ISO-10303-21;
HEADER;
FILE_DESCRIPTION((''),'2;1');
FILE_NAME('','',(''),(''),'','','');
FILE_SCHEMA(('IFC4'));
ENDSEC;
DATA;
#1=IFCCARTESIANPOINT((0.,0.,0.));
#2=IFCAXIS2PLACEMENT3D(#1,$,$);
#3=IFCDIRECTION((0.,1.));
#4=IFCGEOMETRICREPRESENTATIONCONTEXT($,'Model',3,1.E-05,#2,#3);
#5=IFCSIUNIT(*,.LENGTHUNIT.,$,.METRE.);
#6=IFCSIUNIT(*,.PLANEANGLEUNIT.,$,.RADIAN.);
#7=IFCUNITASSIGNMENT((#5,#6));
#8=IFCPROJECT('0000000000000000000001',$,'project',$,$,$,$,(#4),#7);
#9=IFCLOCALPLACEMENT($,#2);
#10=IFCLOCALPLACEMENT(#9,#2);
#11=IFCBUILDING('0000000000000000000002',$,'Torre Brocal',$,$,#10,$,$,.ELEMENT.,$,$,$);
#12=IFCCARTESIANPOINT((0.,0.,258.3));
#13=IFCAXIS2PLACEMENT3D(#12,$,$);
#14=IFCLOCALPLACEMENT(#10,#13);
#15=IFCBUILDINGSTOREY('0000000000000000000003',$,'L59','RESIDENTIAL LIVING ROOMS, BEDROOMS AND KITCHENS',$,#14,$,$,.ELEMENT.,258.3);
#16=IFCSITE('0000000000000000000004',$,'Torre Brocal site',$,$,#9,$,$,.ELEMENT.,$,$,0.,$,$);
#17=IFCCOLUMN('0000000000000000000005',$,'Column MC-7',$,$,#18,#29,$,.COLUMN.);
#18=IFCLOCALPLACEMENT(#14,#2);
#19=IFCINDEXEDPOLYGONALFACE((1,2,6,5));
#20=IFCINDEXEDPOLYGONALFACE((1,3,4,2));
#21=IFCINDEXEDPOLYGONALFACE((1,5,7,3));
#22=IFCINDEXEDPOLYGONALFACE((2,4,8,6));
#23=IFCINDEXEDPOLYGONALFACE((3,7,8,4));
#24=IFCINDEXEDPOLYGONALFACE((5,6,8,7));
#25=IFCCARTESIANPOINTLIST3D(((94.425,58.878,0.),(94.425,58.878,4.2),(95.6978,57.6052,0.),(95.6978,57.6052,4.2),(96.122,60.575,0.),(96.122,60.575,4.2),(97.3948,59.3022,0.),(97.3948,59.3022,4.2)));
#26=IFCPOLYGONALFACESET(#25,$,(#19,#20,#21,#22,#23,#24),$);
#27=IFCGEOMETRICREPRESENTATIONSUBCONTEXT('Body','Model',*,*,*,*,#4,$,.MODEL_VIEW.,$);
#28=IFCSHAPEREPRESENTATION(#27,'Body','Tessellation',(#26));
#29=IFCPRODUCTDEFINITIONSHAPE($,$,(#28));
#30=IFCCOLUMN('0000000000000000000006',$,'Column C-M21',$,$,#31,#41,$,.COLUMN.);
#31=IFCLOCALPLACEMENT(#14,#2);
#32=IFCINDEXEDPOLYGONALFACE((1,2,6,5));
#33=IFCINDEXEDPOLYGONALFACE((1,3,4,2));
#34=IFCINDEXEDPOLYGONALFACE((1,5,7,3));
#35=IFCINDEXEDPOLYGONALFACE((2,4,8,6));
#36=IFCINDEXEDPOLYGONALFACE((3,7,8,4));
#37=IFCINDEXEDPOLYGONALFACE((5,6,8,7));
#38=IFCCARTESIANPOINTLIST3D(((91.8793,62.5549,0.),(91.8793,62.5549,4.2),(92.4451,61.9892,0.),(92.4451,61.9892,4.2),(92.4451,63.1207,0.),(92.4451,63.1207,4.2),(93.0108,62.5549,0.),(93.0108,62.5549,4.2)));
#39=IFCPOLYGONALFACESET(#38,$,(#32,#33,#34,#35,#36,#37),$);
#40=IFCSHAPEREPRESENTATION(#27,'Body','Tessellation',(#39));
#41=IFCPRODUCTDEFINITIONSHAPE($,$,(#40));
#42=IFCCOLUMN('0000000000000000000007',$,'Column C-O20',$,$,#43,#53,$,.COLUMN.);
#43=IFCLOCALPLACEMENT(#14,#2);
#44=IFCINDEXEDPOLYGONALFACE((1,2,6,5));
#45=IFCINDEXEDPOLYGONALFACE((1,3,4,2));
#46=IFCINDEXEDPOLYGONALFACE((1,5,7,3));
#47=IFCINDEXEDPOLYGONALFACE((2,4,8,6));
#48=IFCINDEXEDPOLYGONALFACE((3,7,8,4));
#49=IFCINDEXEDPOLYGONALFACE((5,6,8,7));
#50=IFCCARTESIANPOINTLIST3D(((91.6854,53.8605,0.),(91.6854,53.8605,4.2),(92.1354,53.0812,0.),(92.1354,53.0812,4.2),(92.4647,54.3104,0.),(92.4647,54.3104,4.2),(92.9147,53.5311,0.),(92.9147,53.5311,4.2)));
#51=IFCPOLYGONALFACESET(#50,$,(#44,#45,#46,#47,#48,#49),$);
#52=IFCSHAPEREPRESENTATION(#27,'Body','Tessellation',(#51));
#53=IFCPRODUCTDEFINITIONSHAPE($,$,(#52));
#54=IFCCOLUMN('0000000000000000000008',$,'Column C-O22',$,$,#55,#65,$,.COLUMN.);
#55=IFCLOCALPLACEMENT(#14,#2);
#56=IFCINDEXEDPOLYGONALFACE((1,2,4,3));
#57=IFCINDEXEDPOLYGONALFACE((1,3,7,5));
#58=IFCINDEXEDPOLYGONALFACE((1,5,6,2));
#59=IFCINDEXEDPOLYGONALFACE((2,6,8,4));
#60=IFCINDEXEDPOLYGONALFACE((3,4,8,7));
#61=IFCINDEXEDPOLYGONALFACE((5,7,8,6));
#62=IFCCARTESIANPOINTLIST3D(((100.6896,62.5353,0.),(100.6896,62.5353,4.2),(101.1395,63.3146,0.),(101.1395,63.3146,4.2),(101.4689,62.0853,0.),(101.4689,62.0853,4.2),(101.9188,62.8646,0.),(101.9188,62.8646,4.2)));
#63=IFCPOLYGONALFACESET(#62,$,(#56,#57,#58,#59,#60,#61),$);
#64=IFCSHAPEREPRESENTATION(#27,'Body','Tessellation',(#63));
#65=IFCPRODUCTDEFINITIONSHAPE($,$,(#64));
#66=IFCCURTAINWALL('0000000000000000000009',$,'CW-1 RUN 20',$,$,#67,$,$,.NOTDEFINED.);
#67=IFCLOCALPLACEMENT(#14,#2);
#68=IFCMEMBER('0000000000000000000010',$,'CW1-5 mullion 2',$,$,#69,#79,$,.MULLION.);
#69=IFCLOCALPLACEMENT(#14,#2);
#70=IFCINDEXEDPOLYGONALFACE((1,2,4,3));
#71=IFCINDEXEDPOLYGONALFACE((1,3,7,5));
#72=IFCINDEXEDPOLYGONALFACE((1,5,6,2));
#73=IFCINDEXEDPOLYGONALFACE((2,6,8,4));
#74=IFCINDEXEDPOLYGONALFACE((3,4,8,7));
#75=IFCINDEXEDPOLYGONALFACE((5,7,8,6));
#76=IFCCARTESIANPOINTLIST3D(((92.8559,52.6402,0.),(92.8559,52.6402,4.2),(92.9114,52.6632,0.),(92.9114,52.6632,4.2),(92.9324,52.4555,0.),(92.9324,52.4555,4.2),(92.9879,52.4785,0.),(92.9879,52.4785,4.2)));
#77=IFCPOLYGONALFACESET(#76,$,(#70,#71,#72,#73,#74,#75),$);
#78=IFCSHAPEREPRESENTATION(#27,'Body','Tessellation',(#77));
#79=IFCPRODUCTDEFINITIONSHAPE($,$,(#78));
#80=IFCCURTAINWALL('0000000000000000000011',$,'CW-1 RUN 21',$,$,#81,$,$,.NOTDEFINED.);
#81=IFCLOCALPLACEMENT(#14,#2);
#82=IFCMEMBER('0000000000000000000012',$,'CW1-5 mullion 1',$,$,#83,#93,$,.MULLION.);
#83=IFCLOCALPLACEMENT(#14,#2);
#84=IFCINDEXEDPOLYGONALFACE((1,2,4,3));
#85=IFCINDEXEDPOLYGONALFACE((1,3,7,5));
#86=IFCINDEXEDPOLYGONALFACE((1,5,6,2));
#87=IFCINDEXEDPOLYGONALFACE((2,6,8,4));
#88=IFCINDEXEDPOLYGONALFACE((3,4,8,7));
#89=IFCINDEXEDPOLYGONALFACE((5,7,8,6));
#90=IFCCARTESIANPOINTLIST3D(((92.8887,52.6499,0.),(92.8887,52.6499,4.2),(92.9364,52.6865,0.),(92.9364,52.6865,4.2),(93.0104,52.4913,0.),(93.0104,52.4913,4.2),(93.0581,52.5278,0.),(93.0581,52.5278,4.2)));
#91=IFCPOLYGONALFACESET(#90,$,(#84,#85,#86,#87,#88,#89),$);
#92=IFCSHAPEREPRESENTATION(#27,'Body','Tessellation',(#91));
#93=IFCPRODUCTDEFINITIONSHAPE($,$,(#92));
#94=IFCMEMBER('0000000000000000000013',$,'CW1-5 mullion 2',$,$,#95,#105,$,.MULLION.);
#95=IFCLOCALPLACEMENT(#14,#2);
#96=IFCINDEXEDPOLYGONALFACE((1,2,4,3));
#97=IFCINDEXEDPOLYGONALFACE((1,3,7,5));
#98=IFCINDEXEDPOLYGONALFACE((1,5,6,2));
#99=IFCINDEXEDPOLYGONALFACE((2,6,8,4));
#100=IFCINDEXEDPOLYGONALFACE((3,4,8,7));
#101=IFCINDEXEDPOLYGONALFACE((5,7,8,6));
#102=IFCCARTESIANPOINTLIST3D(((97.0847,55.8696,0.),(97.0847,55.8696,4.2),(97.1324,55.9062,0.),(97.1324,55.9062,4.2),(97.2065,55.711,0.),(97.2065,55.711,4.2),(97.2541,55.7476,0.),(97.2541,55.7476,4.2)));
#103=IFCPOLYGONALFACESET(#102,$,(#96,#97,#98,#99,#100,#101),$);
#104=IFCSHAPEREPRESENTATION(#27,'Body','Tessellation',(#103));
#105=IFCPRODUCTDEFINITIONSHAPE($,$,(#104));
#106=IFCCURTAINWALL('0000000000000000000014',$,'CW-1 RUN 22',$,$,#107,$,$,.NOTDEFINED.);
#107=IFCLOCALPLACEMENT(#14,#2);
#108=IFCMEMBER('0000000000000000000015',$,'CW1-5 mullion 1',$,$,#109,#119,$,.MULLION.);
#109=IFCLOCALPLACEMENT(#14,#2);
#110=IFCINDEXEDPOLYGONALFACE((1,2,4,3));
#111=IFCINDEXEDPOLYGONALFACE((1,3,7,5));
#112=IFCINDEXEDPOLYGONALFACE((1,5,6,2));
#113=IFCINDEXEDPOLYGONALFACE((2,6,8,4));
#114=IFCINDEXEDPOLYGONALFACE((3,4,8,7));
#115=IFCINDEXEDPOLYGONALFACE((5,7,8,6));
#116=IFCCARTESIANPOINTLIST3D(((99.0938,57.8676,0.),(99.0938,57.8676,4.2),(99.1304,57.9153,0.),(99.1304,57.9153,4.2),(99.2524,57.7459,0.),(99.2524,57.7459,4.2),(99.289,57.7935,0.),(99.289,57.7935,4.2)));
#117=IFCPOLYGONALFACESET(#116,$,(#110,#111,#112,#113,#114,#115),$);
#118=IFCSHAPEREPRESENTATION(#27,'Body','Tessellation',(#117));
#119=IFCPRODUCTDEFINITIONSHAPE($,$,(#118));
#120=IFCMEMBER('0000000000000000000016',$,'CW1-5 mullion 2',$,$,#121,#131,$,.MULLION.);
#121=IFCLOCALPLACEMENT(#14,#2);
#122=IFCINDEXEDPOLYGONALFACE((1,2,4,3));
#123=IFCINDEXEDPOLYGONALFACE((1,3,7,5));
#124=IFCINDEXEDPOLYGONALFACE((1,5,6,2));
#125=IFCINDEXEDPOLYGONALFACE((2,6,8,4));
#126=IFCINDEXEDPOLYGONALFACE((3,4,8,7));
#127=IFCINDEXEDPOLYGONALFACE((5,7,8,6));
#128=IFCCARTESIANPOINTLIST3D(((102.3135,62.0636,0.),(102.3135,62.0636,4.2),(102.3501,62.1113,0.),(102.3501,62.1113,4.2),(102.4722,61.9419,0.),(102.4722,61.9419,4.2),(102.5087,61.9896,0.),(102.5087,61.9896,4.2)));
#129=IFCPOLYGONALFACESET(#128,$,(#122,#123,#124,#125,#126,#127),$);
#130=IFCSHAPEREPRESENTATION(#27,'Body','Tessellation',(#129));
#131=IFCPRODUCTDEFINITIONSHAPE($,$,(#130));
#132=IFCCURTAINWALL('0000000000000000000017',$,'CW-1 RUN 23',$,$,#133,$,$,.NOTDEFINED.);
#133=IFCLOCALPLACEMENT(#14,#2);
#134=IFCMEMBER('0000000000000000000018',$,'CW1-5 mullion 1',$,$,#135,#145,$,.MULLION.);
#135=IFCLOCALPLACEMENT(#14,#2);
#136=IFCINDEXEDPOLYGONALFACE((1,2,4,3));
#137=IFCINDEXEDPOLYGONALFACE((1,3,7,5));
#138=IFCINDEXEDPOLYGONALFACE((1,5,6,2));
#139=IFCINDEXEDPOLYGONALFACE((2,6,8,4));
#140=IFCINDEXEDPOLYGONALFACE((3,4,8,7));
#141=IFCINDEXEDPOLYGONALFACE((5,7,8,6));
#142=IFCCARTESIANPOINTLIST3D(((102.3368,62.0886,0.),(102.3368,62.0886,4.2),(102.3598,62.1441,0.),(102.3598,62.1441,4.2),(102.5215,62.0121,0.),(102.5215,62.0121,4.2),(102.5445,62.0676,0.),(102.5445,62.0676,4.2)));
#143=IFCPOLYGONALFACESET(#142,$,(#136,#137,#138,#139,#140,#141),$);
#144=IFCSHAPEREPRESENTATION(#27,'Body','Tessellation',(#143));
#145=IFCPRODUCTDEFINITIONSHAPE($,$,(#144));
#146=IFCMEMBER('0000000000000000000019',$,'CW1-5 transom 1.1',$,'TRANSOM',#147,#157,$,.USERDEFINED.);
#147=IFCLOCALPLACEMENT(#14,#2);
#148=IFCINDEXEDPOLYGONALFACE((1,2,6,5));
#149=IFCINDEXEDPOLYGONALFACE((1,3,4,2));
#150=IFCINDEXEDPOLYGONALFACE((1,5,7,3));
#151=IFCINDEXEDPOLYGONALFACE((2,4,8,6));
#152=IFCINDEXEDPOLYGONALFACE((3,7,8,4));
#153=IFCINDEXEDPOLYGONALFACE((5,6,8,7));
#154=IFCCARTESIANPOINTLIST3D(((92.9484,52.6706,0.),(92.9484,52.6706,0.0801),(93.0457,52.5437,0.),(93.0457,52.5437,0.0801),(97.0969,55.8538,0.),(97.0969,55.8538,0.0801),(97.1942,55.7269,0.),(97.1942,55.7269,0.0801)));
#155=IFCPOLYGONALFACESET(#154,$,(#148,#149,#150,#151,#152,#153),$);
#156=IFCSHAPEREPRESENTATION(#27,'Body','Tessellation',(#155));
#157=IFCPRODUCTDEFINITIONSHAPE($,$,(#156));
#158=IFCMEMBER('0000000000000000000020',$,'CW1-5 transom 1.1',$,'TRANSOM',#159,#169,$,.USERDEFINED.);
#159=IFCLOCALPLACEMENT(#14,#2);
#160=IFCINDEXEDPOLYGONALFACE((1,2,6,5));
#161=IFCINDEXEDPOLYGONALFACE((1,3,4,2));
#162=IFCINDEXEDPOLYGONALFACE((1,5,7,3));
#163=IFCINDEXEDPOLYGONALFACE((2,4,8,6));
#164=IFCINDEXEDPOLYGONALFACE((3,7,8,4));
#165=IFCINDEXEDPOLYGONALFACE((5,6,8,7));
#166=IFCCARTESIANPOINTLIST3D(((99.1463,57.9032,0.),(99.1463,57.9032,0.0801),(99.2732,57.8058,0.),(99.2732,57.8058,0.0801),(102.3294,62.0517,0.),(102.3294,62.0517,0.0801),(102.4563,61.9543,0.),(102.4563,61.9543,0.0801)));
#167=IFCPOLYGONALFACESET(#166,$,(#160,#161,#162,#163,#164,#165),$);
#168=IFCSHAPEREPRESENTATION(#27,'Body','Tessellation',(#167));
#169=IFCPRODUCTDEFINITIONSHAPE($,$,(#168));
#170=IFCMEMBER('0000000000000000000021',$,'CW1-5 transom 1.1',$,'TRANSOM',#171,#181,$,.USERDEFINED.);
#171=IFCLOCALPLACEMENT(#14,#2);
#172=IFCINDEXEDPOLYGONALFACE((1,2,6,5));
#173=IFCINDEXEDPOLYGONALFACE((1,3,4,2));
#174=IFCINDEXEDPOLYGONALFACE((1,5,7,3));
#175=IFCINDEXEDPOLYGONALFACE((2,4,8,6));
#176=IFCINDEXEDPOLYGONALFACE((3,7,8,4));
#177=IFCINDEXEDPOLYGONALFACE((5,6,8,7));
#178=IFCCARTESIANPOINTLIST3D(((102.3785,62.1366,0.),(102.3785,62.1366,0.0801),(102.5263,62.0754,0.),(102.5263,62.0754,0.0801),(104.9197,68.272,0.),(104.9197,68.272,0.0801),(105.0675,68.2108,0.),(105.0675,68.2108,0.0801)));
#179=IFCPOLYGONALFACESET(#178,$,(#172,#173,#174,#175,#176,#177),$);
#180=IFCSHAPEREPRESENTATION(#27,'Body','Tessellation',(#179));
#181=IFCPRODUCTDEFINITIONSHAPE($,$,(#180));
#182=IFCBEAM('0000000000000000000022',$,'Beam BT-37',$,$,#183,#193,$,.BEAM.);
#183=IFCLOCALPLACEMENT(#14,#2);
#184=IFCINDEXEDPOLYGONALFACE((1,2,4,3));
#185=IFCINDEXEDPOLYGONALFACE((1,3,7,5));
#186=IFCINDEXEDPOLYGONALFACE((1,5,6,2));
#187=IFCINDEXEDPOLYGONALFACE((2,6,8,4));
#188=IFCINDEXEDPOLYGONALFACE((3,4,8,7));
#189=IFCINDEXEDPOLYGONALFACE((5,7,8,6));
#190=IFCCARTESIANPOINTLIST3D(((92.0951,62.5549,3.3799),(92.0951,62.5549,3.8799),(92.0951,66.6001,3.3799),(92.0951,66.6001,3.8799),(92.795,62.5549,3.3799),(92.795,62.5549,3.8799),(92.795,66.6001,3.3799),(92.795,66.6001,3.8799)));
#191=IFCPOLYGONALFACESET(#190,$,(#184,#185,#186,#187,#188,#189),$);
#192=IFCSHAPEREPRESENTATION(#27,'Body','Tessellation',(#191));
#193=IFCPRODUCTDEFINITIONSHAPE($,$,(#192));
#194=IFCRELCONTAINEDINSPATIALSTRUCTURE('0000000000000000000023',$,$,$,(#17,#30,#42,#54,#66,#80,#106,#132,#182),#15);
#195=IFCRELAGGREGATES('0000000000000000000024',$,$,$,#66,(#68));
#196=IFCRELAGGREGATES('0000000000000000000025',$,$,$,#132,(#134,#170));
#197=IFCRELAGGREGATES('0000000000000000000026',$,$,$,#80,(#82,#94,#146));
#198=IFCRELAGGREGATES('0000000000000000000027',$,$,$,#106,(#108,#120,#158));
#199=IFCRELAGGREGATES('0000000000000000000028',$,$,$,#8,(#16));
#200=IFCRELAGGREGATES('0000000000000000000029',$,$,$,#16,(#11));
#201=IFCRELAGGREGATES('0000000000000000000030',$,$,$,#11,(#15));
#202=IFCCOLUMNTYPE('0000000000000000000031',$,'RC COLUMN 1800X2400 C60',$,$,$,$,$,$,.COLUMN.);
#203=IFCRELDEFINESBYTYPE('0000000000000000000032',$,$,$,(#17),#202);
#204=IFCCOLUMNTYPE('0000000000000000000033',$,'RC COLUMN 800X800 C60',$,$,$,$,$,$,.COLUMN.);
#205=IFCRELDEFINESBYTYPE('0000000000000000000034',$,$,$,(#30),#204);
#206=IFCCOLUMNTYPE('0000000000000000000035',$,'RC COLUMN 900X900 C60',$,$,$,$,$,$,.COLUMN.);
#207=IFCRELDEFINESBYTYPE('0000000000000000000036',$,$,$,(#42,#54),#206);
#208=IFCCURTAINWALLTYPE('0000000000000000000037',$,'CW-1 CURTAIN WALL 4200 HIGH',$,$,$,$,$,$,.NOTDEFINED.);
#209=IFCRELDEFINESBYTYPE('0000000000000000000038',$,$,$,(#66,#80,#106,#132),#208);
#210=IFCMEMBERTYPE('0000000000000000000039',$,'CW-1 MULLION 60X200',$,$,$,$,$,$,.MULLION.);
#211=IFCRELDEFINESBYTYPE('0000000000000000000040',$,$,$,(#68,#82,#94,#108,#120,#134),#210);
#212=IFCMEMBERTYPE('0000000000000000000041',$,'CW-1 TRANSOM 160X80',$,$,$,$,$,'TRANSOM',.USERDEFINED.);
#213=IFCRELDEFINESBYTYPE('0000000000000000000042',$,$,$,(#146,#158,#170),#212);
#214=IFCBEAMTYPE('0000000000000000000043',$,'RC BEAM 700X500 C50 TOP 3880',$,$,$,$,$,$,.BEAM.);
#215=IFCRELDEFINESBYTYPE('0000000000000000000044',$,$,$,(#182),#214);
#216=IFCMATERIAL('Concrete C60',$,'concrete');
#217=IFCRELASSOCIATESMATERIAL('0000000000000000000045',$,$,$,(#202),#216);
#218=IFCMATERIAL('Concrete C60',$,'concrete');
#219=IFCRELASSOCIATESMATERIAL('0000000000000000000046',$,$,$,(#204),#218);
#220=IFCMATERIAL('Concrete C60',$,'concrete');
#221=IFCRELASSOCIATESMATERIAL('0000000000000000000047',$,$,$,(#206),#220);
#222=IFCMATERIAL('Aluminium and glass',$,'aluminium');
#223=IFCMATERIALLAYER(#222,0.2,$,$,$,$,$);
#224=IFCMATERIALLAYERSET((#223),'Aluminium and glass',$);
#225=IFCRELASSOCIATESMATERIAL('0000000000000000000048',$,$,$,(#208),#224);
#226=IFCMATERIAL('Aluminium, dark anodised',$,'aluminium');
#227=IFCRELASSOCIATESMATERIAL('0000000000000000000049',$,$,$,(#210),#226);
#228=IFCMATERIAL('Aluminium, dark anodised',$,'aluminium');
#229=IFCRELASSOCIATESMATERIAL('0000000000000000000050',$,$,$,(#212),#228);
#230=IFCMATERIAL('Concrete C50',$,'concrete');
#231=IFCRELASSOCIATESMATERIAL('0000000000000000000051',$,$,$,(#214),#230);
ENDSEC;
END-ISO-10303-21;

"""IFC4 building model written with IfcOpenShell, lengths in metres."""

from ifc_helpers import new_model, si_unit, direction, frame, origin, origin_2d, place, context, subcontext, project, spatial, rectangle, extrude, material, layer, layer_set, material_profile, profile_set, type_object, element, aggregate, save


model = new_model("IFC4")

# Units and contexts
model_context = context("Model", 3, precision=1e-05, world=origin(), true_north=direction((0.0, 1.0)))
body_context = subcontext(model_context, "Body", "Model", "MODEL_VIEW")
ifc_project = project(units=[si_unit("LENGTHUNIT", "METRE"), si_unit("PLANEANGLEUNIT", "RADIAN")], contexts=[model_context])

# Site, building, storey
site_placement = place(None, origin())
site = spatial("IfcSite", under=ifc_project, at=site_placement, Name="Torre Brocal site", CompositionType="ELEMENT", RefElevation=0.0)
building_placement = place(site_placement, origin())
building = spatial("IfcBuilding", under=site, at=building_placement, Name="Torre Brocal", CompositionType="ELEMENT")
storey_placement = place(building_placement, frame((0.0, 0.0, 258.3)))
storey = spatial("IfcBuildingStorey", under=building, at=storey_placement, Name="L59", Description="RESIDENTIAL LIVING ROOMS, BEDROOMS AND KITCHENS", CompositionType="ELEMENT", Elevation=258.3)

# Columns
ifc_material_1 = material(Name="Concrete C60", Category="concrete")
ifc_material_profile_1 = material_profile(ifc_material_1, rectangle(XDim=1.8, YDim=2.3999, at=origin_2d()), Name="RC 1800X2400")
ifc_profile_set_1 = profile_set([ifc_material_profile_1], Name="Concrete C60")
column_type_1 = type_object("IfcColumnType", Name="RC COLUMN 1800X2400 C60", PredefinedType="COLUMN", material=ifc_profile_set_1)
column_1_placement = place(storey_placement, frame((95.9099, 59.0901, 0.0), z_axis=(0.0, 0.0, 1.0), x_axis=(0.707107, -0.707107, 0.0)))
element("IfcColumn", 1, at=column_1_placement, inside=storey, type_object=column_type_1, Name="Column MC-7", PredefinedType="COLUMN", context=body_context, shape_type="SweptSolid", body=[
    extrude(rectangle(XDim=1.8, YDim=2.3999, at=origin_2d()), origin(), (0.0, 0.0, 1.0), 4.2),
])
ifc_material_2 = material(Name="Concrete C60", Category="concrete")
ifc_material_profile_2 = material_profile(ifc_material_2, rectangle(XDim=0.8, YDim=0.8, at=origin_2d()), Name="RC 800X800")
ifc_profile_set_2 = profile_set([ifc_material_profile_2], Name="Concrete C60")
column_type_2 = type_object("IfcColumnType", Name="RC COLUMN 800X800 C60", PredefinedType="COLUMN", material=ifc_profile_set_2)
column_2_placement = place(storey_placement, frame((92.4451, 62.5549, 0.0), z_axis=(0.0, 0.0, 1.0), x_axis=(0.707107, -0.707107, 0.0)))
element("IfcColumn", 2, at=column_2_placement, inside=storey, type_object=column_type_2, Name="Column C-M21", PredefinedType="COLUMN", context=body_context, shape_type="SweptSolid", body=[
    extrude(rectangle(XDim=0.8, YDim=0.8, at=origin_2d()), origin(), (0.0, 0.0, 1.0), 4.2),
])
ifc_material_3 = material(Name="Concrete C60", Category="concrete")
ifc_material_profile_3 = material_profile(ifc_material_3, rectangle(XDim=0.8999, YDim=0.8999, at=origin_2d()), Name="RC 900X900")
ifc_profile_set_3 = profile_set([ifc_material_profile_3], Name="Concrete C60")
column_type_3 = type_object("IfcColumnType", Name="RC COLUMN 900X900 C60", PredefinedType="COLUMN", material=ifc_profile_set_3)
for number, where, z_axis, x_axis, name in (
    (3, (92.3, 53.6958, 0.0), (0.0, 0.0, 1.0), (0.5, -0.866025, 0.0), "Column C-O20"),
    (4, (101.3042, 62.7, 0.0), (0.0, 0.0, 1.0), (0.866025, -0.5, 0.0), "Column C-O22"),
):
    element("IfcColumn", number, at=place(storey_placement, frame(where, z_axis=z_axis, x_axis=x_axis)), inside=storey, type_object=column_type_3, Name=name, PredefinedType="COLUMN", context=body_context, shape_type="SweptSolid", body=[
        extrude(rectangle(XDim=0.8999, YDim=0.8999, at=origin_2d()), origin(), (0.0, 0.0, 1.0), 4.2),
    ])

# Curtain wall, member
ifc_material_4 = material(Name="Aluminium and glass", Category="aluminium")
ifc_layer_1 = layer(ifc_material_4, 0.2)
ifc_layer_set_1 = layer_set([ifc_layer_1], Name="Aluminium and glass")
curtain_wall_type = type_object("IfcCurtainWallType", Name="CW-1 CURTAIN WALL 4200 HIGH", PredefinedType="NOTDEFINED", material=ifc_layer_set_1)
curtain_wall_1_placement = place(storey_placement, origin())
curtain_wall_1 = element("IfcCurtainWall", 5, at=curtain_wall_1_placement, inside=storey, type_object=curtain_wall_type, Name="CW-1 RUN 20", PredefinedType="NOTDEFINED")
ifc_material_5 = material(Name="Aluminium, dark anodised", Category="aluminium")
ifc_material_profile_4 = material_profile(ifc_material_5, rectangle(XDim=0.2, YDim=0.0601, at=origin_2d()), Name="CW-1 MULLION 60X200")
ifc_profile_set_4 = profile_set([ifc_material_profile_4], Name="Aluminium, dark anodised")
member_type_1 = type_object("IfcMemberType", Name="CW-1 MULLION 60X200", PredefinedType="MULLION", material=ifc_profile_set_4)
member_1_placement = place(storey_placement, frame((92.9219, 52.5593, 0.0), z_axis=(0.0, 0.0, 1.0), x_axis=(-0.382683, 0.92388, 0.0)))
member_1 = element("IfcMember", 6, at=member_1_placement, type_object=member_type_1, Name="CW1-5 mullion 2", PredefinedType="MULLION", context=body_context, shape_type="SweptSolid", body=[
    extrude(rectangle(XDim=0.2, YDim=0.0601, at=origin_2d()), origin(), (0.0, 0.0, 1.0), 4.2),
])
aggregate(curtain_wall_1, [member_1])

# Curtain walls, members
curtain_wall_2_placement = place(storey_placement, origin())
curtain_wall_2 = element("IfcCurtainWall", 7, at=curtain_wall_2_placement, inside=storey, type_object=curtain_wall_type, Name="CW-1 RUN 21", PredefinedType="NOTDEFINED")
member_2_placement = place(storey_placement, frame((92.9734, 52.5889, 0.0), z_axis=(0.0, 0.0, 1.0), x_axis=(-0.608761, 0.793353, 0.0)))
member_2 = element("IfcMember", 8, at=member_2_placement, type_object=member_type_1, Name="CW1-5 mullion 1", PredefinedType="MULLION", context=body_context, shape_type="SweptSolid", body=[
    extrude(rectangle(XDim=0.2, YDim=0.0601, at=origin_2d()), origin(), (0.0, 0.0, 1.0), 4.2),
])
member_3_placement = place(storey_placement, frame((97.1694, 55.8086, 0.0), z_axis=(0.0, 0.0, 1.0), x_axis=(-0.608761, 0.793353, 0.0)))
member_3 = element("IfcMember", 9, at=member_3_placement, type_object=member_type_1, Name="CW1-5 mullion 2", PredefinedType="MULLION", context=body_context, shape_type="SweptSolid", body=[
    extrude(rectangle(XDim=0.2, YDim=0.0601, at=origin_2d()), origin(), (0.0, 0.0, 1.0), 4.2),
])
curtain_wall_3_placement = place(storey_placement, origin())
curtain_wall_3 = element("IfcCurtainWall", 10, at=curtain_wall_3_placement, inside=storey, type_object=curtain_wall_type, Name="CW-1 RUN 22", PredefinedType="NOTDEFINED")
member_4_placement = place(storey_placement, frame((99.1914, 57.8306, 0.0), z_axis=(0.0, 0.0, 1.0), x_axis=(-0.793353, 0.608761, 0.0)))
member_4 = element("IfcMember", 11, at=member_4_placement, type_object=member_type_1, Name="CW1-5 mullion 1", PredefinedType="MULLION", context=body_context, shape_type="SweptSolid", body=[
    extrude(rectangle(XDim=0.2, YDim=0.0601, at=origin_2d()), origin(), (0.0, 0.0, 1.0), 4.2),
])
member_5_placement = place(storey_placement, frame((102.4111, 62.0266, 0.0), z_axis=(0.0, 0.0, 1.0), x_axis=(-0.793353, 0.608761, 0.0)))
member_5 = element("IfcMember", 12, at=member_5_placement, type_object=member_type_1, Name="CW1-5 mullion 2", PredefinedType="MULLION", context=body_context, shape_type="SweptSolid", body=[
    extrude(rectangle(XDim=0.2, YDim=0.0601, at=origin_2d()), origin(), (0.0, 0.0, 1.0), 4.2),
])

# Curtain wall, member
curtain_wall_4_placement = place(storey_placement, origin())
curtain_wall_4 = element("IfcCurtainWall", 13, at=curtain_wall_4_placement, inside=storey, type_object=curtain_wall_type, Name="CW-1 RUN 23", PredefinedType="NOTDEFINED")
member_6_placement = place(storey_placement, frame((102.4407, 62.0781, 0.0), z_axis=(0.0, 0.0, 1.0), x_axis=(-0.92388, 0.382683, 0.0)))
member_6 = element("IfcMember", 14, at=member_6_placement, type_object=member_type_1, Name="CW1-5 mullion 1", PredefinedType="MULLION", context=body_context, shape_type="SweptSolid", body=[
    extrude(rectangle(XDim=0.2, YDim=0.0601, at=origin_2d()), origin(), (0.0, 0.0, 1.0), 4.2),
])

# Members
ifc_material_6 = material(Name="Aluminium, dark anodised", Category="aluminium")
ifc_material_profile_5 = material_profile(ifc_material_6, rectangle(XDim=0.1599, YDim=0.0801, at=origin_2d()), Name="CW-1 TRANSOM 160X80")
ifc_profile_set_5 = profile_set([ifc_material_profile_5], Name="Aluminium, dark anodised")
member_type_2 = type_object("IfcMemberType", Name="CW-1 TRANSOM 160X80", ElementType="TRANSOM", PredefinedType="USERDEFINED", material=ifc_profile_set_5)
member_7_placement = place(storey_placement, frame((92.9971, 52.6072, 0.04), z_axis=(0.793363, 0.608749, 0.0), x_axis=(-0.608749, 0.793363, 0.0)))
member_7 = element("IfcMember", 15, at=member_7_placement, type_object=member_type_2, Name="CW1-5 transom 1.1", ObjectType="TRANSOM", PredefinedType="USERDEFINED", context=body_context, shape_type="SweptSolid", body=[
    extrude(rectangle(XDim=0.1599, YDim=0.0801, at=origin_2d()), origin(), (0.0, 0.0, 1.0), 5.229),
])
member_8_placement = place(storey_placement, frame((99.2097, 57.8545, 0.04), z_axis=(0.608749, 0.793363, 0.0), x_axis=(-0.793363, 0.608749, 0.0)))
member_8 = element("IfcMember", 16, at=member_8_placement, type_object=member_type_2, Name="CW1-5 transom 1.1", ObjectType="TRANSOM", PredefinedType="USERDEFINED", context=body_context, shape_type="SweptSolid", body=[
    extrude(rectangle(XDim=0.1599, YDim=0.0801, at=origin_2d()), origin(), (0.0, 0.0, 1.0), 5.229),
])
member_9_placement = place(storey_placement, frame((102.4524, 62.106, 0.04), z_axis=(0.382665, 0.923887, 0.0), x_axis=(-0.923887, 0.382665, 0.0)))
member_9 = element("IfcMember", 17, at=member_9_placement, type_object=member_type_2, Name="CW1-5 transom 1.1", ObjectType="TRANSOM", PredefinedType="USERDEFINED", context=body_context, shape_type="SweptSolid", body=[
    extrude(rectangle(XDim=0.1599, YDim=0.0801, at=origin_2d()), origin(), (0.0, 0.0, 1.0), 6.6409),
])
aggregate(curtain_wall_4, [member_6, member_9])

# Beam
ifc_material_7 = material(Name="Concrete C50", Category="concrete")
ifc_material_profile_6 = material_profile(ifc_material_7, rectangle(XDim=0.7, YDim=0.5, at=origin_2d()), Name="RC 700X500")
ifc_profile_set_6 = profile_set([ifc_material_profile_6], Name="Concrete C50")
beam_type_1 = type_object("IfcBeamType", Name="RC BEAM 700X500 C50 TOP 3880", PredefinedType="BEAM", material=ifc_profile_set_6)
beam_placement = place(storey_placement, frame((92.4451, 62.5549, 3.6299), z_axis=(0.0, 1.0, 0.0), x_axis=(-1.0, 0.0, 0.0)))
element("IfcBeam", 18, at=beam_placement, inside=storey, type_object=beam_type_1, Name="Beam BT-37", PredefinedType="BEAM", context=body_context, shape_type="SweptSolid", body=[
    extrude(rectangle(XDim=0.7, YDim=0.5, at=origin_2d()), origin(), (0.0, 0.0, 1.0), 4.0452),
])

aggregate(curtain_wall_2, [member_2, member_3, member_7])
aggregate(curtain_wall_3, [member_4, member_5, member_8])

save(model, "model.ifc")
